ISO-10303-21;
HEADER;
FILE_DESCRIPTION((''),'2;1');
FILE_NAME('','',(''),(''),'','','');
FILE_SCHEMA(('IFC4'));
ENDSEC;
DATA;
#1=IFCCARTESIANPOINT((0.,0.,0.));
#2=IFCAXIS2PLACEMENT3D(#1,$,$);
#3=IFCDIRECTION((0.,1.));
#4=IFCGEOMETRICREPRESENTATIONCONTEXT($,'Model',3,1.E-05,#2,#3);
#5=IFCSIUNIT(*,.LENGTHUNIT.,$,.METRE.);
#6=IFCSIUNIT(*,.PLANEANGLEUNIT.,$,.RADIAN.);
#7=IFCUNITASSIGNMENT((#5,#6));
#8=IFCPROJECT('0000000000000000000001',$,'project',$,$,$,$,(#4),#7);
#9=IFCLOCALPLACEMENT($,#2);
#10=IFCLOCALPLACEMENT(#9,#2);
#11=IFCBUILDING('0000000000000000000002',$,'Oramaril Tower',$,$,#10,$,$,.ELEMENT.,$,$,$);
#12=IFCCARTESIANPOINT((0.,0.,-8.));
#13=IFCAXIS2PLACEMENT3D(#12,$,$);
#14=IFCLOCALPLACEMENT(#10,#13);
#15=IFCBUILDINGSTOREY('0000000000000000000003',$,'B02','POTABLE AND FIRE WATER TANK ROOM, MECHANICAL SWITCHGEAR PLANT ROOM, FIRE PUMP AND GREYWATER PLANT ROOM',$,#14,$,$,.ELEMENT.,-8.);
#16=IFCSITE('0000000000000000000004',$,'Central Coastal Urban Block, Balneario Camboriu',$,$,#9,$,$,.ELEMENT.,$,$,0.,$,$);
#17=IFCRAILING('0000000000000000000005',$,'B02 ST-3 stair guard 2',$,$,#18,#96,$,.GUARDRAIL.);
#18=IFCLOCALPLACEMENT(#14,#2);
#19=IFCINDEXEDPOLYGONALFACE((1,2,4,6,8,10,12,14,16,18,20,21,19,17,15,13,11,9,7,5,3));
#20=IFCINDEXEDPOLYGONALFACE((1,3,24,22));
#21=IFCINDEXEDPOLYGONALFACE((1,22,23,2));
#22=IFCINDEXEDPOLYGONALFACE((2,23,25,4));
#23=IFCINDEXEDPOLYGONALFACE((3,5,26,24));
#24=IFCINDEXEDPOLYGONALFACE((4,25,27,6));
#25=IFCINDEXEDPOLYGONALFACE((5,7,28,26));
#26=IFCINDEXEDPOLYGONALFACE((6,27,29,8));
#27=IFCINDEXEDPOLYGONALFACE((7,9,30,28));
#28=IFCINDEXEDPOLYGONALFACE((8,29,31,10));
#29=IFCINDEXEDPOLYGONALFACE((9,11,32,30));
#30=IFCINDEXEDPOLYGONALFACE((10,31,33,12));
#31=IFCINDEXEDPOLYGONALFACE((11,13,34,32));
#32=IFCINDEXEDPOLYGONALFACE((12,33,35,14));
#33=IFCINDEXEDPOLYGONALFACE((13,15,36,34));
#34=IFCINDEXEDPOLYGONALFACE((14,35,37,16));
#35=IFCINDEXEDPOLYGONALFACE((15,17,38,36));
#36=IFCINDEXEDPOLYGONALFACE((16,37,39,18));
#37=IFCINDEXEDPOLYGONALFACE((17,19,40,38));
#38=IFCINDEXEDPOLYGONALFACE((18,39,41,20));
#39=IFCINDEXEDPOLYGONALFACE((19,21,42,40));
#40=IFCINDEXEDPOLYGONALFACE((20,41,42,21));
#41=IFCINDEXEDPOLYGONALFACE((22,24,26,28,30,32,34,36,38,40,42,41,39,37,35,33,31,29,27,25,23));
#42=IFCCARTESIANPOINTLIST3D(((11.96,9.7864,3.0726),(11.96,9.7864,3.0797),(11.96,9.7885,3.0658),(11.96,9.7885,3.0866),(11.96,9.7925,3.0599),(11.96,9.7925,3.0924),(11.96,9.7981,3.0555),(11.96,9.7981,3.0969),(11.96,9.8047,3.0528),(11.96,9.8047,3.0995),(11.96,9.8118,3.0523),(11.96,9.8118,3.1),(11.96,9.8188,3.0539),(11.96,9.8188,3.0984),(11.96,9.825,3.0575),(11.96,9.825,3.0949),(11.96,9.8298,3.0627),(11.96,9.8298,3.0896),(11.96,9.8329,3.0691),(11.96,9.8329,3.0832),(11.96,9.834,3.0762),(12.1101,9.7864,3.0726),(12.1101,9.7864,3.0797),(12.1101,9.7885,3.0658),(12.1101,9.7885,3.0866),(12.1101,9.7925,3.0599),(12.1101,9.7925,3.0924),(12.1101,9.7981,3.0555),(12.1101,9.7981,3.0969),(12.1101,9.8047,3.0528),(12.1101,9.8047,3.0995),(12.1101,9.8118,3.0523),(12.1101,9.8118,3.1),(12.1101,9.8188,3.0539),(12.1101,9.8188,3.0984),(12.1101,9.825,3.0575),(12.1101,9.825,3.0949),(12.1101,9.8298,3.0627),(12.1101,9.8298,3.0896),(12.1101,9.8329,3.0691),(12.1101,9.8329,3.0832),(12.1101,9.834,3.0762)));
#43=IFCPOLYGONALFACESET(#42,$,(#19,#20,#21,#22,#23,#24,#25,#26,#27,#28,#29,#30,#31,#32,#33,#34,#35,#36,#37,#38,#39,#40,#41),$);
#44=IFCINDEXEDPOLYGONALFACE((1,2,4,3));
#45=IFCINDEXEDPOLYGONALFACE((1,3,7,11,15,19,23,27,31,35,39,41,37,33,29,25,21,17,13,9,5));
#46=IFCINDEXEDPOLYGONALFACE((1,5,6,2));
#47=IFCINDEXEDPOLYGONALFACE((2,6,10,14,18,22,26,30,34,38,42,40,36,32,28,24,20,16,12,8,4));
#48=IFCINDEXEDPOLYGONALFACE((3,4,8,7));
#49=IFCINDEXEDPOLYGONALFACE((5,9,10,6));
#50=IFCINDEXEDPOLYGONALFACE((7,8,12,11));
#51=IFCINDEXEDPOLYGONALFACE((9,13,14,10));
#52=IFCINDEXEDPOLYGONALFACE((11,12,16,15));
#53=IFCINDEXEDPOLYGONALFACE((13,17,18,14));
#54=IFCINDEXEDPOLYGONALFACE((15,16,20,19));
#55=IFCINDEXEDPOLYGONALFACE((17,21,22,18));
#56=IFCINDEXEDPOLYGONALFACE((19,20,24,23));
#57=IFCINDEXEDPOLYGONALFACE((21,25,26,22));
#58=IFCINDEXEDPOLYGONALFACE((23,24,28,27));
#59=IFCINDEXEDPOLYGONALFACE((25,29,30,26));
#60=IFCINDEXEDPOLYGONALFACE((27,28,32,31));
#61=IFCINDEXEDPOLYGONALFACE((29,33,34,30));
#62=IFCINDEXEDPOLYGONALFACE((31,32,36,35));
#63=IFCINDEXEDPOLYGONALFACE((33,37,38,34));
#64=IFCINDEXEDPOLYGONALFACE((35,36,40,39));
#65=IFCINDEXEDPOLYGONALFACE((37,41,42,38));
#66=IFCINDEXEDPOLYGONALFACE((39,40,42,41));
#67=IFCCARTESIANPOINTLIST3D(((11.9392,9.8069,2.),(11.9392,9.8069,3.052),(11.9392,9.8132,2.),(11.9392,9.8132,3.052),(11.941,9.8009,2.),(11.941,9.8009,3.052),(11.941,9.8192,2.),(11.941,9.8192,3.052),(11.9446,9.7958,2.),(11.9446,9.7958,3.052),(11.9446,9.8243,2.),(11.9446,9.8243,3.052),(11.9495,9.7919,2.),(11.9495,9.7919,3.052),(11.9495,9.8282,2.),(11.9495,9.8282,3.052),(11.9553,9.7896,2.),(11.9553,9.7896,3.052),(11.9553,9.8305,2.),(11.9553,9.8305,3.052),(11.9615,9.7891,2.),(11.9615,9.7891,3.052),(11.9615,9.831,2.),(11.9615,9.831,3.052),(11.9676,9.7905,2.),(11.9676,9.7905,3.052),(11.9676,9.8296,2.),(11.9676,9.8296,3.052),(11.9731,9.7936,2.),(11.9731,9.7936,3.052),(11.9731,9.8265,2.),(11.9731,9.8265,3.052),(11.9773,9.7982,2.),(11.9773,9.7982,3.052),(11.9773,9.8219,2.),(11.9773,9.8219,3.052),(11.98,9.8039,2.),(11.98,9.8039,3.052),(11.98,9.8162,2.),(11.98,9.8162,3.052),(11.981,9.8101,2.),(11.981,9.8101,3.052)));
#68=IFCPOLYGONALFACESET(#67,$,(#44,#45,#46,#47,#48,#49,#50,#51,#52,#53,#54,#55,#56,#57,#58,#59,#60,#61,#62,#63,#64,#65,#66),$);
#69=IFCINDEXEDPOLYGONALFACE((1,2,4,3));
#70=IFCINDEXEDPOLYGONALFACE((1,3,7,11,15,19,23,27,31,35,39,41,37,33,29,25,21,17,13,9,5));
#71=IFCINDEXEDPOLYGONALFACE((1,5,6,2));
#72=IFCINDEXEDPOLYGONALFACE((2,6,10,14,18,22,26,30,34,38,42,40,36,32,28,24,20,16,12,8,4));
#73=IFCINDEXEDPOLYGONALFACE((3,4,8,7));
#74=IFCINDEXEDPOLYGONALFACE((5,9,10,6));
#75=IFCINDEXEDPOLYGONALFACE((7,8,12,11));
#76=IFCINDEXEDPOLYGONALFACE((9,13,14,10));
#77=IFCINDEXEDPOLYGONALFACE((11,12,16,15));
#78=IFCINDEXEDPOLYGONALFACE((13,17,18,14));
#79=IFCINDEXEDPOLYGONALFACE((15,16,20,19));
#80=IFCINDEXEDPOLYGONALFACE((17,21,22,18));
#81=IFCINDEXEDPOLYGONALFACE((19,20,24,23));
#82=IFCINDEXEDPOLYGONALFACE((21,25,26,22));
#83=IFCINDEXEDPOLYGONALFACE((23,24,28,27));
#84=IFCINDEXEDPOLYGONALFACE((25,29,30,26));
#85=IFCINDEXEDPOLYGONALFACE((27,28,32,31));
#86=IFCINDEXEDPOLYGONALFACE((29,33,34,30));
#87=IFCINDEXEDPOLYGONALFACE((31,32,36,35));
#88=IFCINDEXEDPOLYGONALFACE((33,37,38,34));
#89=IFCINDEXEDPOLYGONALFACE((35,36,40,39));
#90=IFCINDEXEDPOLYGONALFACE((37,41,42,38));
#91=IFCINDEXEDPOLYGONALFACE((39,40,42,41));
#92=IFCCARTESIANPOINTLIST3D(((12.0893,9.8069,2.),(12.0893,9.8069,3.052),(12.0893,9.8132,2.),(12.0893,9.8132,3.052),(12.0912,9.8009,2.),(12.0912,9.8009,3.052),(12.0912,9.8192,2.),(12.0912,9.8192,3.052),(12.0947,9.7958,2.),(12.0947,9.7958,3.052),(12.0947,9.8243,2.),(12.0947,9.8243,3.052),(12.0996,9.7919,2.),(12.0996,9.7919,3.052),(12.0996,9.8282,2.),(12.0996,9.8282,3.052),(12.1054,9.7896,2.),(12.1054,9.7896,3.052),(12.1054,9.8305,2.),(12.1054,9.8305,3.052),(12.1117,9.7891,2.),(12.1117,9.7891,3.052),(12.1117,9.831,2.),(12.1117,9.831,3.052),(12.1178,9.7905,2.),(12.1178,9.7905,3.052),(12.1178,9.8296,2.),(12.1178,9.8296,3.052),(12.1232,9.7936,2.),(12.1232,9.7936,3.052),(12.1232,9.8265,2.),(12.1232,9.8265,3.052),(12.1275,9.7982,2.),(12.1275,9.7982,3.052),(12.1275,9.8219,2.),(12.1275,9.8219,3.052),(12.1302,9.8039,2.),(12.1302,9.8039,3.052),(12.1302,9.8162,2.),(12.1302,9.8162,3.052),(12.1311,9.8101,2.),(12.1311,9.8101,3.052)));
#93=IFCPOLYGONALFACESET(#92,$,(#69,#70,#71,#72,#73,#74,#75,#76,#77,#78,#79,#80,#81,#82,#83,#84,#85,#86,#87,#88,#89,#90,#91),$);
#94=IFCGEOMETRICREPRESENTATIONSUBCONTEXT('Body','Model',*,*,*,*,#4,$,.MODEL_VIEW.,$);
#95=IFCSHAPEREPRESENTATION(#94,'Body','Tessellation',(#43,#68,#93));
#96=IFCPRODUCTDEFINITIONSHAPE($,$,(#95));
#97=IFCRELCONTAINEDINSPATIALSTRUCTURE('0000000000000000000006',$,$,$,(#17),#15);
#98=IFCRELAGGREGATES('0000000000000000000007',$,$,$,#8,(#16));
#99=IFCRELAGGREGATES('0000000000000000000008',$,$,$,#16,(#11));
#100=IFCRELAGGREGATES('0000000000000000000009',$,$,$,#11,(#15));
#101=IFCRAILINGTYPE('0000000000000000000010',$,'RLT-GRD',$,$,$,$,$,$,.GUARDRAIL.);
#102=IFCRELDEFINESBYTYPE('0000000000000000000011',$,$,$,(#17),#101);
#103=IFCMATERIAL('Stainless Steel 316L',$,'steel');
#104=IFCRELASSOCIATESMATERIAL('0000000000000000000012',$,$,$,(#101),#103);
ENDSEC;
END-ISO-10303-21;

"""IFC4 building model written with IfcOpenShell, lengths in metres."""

from ifc_helpers import new_model, si_unit, direction, frame, origin, origin_2d, place, context, subcontext, project, spatial, circle, extrude, material, type_object, element, save


model = new_model("IFC4")

# Units and contexts
model_context = context("Model", 3, precision=1e-05, world=origin(), true_north=direction((0.0, 1.0)))
body_context = subcontext(model_context, "Body", "Model", "MODEL_VIEW")
ifc_project = project(units=[si_unit("LENGTHUNIT", "METRE"), si_unit("PLANEANGLEUNIT", "RADIAN")], contexts=[model_context])

# Site, building, storey
site_placement = place(None, origin())
site = spatial("IfcSite", under=ifc_project, at=site_placement, Name="Central Coastal Urban Block, Balneario Camboriu", CompositionType="ELEMENT", RefElevation=0.0)
building_placement = place(site_placement, origin())
building = spatial("IfcBuilding", under=site, at=building_placement, Name="Oramaril Tower", CompositionType="ELEMENT")
storey_placement = place(building_placement, frame((0.0, 0.0, -8.0)))
storey = spatial("IfcBuildingStorey", under=building, at=storey_placement, Name="B02", Description="POTABLE AND FIRE WATER TANK ROOM, MECHANICAL SWITCHGEAR PLANT ROOM, FIRE PUMP AND GREYWATER PLANT ROOM", CompositionType="ELEMENT", Elevation=-8.0)

# Railing
ifc_material_1 = material(Name="Stainless Steel 316L", Category="steel")
railing_type_1 = type_object("IfcRailingType", Name="RLT-GRD", PredefinedType="GUARDRAIL", material=ifc_material_1)
railing_1_placement = place(storey_placement, frame((11.96, 9.8101, 2.0)))
element("IfcRailing", 1, at=railing_1_placement, inside=storey, type_object=railing_type_1, Name="B02 ST-3 stair guard 2", PredefinedType="GUARDRAIL", context=body_context, shape_type="SweptSolid", body=[
    extrude(circle(Radius=0.0239, at=origin_2d()), frame((0.0, 0.0, 1.0762), z_axis=(1.0, 0.0, 0.0), x_axis=(0.0, 1.0, 0.0)), (0.0, 0.0, 1.0), 0.1501),
    extrude(circle(Radius=0.021, at=origin_2d()), origin(), (0.0, 0.0, 1.0), 1.052),
    extrude(circle(Radius=0.021, at=origin_2d()), frame((0.1501, 0.0, 0.0)), (0.0, 0.0, 1.0), 1.052),
])

save(model, "model.ifc")
